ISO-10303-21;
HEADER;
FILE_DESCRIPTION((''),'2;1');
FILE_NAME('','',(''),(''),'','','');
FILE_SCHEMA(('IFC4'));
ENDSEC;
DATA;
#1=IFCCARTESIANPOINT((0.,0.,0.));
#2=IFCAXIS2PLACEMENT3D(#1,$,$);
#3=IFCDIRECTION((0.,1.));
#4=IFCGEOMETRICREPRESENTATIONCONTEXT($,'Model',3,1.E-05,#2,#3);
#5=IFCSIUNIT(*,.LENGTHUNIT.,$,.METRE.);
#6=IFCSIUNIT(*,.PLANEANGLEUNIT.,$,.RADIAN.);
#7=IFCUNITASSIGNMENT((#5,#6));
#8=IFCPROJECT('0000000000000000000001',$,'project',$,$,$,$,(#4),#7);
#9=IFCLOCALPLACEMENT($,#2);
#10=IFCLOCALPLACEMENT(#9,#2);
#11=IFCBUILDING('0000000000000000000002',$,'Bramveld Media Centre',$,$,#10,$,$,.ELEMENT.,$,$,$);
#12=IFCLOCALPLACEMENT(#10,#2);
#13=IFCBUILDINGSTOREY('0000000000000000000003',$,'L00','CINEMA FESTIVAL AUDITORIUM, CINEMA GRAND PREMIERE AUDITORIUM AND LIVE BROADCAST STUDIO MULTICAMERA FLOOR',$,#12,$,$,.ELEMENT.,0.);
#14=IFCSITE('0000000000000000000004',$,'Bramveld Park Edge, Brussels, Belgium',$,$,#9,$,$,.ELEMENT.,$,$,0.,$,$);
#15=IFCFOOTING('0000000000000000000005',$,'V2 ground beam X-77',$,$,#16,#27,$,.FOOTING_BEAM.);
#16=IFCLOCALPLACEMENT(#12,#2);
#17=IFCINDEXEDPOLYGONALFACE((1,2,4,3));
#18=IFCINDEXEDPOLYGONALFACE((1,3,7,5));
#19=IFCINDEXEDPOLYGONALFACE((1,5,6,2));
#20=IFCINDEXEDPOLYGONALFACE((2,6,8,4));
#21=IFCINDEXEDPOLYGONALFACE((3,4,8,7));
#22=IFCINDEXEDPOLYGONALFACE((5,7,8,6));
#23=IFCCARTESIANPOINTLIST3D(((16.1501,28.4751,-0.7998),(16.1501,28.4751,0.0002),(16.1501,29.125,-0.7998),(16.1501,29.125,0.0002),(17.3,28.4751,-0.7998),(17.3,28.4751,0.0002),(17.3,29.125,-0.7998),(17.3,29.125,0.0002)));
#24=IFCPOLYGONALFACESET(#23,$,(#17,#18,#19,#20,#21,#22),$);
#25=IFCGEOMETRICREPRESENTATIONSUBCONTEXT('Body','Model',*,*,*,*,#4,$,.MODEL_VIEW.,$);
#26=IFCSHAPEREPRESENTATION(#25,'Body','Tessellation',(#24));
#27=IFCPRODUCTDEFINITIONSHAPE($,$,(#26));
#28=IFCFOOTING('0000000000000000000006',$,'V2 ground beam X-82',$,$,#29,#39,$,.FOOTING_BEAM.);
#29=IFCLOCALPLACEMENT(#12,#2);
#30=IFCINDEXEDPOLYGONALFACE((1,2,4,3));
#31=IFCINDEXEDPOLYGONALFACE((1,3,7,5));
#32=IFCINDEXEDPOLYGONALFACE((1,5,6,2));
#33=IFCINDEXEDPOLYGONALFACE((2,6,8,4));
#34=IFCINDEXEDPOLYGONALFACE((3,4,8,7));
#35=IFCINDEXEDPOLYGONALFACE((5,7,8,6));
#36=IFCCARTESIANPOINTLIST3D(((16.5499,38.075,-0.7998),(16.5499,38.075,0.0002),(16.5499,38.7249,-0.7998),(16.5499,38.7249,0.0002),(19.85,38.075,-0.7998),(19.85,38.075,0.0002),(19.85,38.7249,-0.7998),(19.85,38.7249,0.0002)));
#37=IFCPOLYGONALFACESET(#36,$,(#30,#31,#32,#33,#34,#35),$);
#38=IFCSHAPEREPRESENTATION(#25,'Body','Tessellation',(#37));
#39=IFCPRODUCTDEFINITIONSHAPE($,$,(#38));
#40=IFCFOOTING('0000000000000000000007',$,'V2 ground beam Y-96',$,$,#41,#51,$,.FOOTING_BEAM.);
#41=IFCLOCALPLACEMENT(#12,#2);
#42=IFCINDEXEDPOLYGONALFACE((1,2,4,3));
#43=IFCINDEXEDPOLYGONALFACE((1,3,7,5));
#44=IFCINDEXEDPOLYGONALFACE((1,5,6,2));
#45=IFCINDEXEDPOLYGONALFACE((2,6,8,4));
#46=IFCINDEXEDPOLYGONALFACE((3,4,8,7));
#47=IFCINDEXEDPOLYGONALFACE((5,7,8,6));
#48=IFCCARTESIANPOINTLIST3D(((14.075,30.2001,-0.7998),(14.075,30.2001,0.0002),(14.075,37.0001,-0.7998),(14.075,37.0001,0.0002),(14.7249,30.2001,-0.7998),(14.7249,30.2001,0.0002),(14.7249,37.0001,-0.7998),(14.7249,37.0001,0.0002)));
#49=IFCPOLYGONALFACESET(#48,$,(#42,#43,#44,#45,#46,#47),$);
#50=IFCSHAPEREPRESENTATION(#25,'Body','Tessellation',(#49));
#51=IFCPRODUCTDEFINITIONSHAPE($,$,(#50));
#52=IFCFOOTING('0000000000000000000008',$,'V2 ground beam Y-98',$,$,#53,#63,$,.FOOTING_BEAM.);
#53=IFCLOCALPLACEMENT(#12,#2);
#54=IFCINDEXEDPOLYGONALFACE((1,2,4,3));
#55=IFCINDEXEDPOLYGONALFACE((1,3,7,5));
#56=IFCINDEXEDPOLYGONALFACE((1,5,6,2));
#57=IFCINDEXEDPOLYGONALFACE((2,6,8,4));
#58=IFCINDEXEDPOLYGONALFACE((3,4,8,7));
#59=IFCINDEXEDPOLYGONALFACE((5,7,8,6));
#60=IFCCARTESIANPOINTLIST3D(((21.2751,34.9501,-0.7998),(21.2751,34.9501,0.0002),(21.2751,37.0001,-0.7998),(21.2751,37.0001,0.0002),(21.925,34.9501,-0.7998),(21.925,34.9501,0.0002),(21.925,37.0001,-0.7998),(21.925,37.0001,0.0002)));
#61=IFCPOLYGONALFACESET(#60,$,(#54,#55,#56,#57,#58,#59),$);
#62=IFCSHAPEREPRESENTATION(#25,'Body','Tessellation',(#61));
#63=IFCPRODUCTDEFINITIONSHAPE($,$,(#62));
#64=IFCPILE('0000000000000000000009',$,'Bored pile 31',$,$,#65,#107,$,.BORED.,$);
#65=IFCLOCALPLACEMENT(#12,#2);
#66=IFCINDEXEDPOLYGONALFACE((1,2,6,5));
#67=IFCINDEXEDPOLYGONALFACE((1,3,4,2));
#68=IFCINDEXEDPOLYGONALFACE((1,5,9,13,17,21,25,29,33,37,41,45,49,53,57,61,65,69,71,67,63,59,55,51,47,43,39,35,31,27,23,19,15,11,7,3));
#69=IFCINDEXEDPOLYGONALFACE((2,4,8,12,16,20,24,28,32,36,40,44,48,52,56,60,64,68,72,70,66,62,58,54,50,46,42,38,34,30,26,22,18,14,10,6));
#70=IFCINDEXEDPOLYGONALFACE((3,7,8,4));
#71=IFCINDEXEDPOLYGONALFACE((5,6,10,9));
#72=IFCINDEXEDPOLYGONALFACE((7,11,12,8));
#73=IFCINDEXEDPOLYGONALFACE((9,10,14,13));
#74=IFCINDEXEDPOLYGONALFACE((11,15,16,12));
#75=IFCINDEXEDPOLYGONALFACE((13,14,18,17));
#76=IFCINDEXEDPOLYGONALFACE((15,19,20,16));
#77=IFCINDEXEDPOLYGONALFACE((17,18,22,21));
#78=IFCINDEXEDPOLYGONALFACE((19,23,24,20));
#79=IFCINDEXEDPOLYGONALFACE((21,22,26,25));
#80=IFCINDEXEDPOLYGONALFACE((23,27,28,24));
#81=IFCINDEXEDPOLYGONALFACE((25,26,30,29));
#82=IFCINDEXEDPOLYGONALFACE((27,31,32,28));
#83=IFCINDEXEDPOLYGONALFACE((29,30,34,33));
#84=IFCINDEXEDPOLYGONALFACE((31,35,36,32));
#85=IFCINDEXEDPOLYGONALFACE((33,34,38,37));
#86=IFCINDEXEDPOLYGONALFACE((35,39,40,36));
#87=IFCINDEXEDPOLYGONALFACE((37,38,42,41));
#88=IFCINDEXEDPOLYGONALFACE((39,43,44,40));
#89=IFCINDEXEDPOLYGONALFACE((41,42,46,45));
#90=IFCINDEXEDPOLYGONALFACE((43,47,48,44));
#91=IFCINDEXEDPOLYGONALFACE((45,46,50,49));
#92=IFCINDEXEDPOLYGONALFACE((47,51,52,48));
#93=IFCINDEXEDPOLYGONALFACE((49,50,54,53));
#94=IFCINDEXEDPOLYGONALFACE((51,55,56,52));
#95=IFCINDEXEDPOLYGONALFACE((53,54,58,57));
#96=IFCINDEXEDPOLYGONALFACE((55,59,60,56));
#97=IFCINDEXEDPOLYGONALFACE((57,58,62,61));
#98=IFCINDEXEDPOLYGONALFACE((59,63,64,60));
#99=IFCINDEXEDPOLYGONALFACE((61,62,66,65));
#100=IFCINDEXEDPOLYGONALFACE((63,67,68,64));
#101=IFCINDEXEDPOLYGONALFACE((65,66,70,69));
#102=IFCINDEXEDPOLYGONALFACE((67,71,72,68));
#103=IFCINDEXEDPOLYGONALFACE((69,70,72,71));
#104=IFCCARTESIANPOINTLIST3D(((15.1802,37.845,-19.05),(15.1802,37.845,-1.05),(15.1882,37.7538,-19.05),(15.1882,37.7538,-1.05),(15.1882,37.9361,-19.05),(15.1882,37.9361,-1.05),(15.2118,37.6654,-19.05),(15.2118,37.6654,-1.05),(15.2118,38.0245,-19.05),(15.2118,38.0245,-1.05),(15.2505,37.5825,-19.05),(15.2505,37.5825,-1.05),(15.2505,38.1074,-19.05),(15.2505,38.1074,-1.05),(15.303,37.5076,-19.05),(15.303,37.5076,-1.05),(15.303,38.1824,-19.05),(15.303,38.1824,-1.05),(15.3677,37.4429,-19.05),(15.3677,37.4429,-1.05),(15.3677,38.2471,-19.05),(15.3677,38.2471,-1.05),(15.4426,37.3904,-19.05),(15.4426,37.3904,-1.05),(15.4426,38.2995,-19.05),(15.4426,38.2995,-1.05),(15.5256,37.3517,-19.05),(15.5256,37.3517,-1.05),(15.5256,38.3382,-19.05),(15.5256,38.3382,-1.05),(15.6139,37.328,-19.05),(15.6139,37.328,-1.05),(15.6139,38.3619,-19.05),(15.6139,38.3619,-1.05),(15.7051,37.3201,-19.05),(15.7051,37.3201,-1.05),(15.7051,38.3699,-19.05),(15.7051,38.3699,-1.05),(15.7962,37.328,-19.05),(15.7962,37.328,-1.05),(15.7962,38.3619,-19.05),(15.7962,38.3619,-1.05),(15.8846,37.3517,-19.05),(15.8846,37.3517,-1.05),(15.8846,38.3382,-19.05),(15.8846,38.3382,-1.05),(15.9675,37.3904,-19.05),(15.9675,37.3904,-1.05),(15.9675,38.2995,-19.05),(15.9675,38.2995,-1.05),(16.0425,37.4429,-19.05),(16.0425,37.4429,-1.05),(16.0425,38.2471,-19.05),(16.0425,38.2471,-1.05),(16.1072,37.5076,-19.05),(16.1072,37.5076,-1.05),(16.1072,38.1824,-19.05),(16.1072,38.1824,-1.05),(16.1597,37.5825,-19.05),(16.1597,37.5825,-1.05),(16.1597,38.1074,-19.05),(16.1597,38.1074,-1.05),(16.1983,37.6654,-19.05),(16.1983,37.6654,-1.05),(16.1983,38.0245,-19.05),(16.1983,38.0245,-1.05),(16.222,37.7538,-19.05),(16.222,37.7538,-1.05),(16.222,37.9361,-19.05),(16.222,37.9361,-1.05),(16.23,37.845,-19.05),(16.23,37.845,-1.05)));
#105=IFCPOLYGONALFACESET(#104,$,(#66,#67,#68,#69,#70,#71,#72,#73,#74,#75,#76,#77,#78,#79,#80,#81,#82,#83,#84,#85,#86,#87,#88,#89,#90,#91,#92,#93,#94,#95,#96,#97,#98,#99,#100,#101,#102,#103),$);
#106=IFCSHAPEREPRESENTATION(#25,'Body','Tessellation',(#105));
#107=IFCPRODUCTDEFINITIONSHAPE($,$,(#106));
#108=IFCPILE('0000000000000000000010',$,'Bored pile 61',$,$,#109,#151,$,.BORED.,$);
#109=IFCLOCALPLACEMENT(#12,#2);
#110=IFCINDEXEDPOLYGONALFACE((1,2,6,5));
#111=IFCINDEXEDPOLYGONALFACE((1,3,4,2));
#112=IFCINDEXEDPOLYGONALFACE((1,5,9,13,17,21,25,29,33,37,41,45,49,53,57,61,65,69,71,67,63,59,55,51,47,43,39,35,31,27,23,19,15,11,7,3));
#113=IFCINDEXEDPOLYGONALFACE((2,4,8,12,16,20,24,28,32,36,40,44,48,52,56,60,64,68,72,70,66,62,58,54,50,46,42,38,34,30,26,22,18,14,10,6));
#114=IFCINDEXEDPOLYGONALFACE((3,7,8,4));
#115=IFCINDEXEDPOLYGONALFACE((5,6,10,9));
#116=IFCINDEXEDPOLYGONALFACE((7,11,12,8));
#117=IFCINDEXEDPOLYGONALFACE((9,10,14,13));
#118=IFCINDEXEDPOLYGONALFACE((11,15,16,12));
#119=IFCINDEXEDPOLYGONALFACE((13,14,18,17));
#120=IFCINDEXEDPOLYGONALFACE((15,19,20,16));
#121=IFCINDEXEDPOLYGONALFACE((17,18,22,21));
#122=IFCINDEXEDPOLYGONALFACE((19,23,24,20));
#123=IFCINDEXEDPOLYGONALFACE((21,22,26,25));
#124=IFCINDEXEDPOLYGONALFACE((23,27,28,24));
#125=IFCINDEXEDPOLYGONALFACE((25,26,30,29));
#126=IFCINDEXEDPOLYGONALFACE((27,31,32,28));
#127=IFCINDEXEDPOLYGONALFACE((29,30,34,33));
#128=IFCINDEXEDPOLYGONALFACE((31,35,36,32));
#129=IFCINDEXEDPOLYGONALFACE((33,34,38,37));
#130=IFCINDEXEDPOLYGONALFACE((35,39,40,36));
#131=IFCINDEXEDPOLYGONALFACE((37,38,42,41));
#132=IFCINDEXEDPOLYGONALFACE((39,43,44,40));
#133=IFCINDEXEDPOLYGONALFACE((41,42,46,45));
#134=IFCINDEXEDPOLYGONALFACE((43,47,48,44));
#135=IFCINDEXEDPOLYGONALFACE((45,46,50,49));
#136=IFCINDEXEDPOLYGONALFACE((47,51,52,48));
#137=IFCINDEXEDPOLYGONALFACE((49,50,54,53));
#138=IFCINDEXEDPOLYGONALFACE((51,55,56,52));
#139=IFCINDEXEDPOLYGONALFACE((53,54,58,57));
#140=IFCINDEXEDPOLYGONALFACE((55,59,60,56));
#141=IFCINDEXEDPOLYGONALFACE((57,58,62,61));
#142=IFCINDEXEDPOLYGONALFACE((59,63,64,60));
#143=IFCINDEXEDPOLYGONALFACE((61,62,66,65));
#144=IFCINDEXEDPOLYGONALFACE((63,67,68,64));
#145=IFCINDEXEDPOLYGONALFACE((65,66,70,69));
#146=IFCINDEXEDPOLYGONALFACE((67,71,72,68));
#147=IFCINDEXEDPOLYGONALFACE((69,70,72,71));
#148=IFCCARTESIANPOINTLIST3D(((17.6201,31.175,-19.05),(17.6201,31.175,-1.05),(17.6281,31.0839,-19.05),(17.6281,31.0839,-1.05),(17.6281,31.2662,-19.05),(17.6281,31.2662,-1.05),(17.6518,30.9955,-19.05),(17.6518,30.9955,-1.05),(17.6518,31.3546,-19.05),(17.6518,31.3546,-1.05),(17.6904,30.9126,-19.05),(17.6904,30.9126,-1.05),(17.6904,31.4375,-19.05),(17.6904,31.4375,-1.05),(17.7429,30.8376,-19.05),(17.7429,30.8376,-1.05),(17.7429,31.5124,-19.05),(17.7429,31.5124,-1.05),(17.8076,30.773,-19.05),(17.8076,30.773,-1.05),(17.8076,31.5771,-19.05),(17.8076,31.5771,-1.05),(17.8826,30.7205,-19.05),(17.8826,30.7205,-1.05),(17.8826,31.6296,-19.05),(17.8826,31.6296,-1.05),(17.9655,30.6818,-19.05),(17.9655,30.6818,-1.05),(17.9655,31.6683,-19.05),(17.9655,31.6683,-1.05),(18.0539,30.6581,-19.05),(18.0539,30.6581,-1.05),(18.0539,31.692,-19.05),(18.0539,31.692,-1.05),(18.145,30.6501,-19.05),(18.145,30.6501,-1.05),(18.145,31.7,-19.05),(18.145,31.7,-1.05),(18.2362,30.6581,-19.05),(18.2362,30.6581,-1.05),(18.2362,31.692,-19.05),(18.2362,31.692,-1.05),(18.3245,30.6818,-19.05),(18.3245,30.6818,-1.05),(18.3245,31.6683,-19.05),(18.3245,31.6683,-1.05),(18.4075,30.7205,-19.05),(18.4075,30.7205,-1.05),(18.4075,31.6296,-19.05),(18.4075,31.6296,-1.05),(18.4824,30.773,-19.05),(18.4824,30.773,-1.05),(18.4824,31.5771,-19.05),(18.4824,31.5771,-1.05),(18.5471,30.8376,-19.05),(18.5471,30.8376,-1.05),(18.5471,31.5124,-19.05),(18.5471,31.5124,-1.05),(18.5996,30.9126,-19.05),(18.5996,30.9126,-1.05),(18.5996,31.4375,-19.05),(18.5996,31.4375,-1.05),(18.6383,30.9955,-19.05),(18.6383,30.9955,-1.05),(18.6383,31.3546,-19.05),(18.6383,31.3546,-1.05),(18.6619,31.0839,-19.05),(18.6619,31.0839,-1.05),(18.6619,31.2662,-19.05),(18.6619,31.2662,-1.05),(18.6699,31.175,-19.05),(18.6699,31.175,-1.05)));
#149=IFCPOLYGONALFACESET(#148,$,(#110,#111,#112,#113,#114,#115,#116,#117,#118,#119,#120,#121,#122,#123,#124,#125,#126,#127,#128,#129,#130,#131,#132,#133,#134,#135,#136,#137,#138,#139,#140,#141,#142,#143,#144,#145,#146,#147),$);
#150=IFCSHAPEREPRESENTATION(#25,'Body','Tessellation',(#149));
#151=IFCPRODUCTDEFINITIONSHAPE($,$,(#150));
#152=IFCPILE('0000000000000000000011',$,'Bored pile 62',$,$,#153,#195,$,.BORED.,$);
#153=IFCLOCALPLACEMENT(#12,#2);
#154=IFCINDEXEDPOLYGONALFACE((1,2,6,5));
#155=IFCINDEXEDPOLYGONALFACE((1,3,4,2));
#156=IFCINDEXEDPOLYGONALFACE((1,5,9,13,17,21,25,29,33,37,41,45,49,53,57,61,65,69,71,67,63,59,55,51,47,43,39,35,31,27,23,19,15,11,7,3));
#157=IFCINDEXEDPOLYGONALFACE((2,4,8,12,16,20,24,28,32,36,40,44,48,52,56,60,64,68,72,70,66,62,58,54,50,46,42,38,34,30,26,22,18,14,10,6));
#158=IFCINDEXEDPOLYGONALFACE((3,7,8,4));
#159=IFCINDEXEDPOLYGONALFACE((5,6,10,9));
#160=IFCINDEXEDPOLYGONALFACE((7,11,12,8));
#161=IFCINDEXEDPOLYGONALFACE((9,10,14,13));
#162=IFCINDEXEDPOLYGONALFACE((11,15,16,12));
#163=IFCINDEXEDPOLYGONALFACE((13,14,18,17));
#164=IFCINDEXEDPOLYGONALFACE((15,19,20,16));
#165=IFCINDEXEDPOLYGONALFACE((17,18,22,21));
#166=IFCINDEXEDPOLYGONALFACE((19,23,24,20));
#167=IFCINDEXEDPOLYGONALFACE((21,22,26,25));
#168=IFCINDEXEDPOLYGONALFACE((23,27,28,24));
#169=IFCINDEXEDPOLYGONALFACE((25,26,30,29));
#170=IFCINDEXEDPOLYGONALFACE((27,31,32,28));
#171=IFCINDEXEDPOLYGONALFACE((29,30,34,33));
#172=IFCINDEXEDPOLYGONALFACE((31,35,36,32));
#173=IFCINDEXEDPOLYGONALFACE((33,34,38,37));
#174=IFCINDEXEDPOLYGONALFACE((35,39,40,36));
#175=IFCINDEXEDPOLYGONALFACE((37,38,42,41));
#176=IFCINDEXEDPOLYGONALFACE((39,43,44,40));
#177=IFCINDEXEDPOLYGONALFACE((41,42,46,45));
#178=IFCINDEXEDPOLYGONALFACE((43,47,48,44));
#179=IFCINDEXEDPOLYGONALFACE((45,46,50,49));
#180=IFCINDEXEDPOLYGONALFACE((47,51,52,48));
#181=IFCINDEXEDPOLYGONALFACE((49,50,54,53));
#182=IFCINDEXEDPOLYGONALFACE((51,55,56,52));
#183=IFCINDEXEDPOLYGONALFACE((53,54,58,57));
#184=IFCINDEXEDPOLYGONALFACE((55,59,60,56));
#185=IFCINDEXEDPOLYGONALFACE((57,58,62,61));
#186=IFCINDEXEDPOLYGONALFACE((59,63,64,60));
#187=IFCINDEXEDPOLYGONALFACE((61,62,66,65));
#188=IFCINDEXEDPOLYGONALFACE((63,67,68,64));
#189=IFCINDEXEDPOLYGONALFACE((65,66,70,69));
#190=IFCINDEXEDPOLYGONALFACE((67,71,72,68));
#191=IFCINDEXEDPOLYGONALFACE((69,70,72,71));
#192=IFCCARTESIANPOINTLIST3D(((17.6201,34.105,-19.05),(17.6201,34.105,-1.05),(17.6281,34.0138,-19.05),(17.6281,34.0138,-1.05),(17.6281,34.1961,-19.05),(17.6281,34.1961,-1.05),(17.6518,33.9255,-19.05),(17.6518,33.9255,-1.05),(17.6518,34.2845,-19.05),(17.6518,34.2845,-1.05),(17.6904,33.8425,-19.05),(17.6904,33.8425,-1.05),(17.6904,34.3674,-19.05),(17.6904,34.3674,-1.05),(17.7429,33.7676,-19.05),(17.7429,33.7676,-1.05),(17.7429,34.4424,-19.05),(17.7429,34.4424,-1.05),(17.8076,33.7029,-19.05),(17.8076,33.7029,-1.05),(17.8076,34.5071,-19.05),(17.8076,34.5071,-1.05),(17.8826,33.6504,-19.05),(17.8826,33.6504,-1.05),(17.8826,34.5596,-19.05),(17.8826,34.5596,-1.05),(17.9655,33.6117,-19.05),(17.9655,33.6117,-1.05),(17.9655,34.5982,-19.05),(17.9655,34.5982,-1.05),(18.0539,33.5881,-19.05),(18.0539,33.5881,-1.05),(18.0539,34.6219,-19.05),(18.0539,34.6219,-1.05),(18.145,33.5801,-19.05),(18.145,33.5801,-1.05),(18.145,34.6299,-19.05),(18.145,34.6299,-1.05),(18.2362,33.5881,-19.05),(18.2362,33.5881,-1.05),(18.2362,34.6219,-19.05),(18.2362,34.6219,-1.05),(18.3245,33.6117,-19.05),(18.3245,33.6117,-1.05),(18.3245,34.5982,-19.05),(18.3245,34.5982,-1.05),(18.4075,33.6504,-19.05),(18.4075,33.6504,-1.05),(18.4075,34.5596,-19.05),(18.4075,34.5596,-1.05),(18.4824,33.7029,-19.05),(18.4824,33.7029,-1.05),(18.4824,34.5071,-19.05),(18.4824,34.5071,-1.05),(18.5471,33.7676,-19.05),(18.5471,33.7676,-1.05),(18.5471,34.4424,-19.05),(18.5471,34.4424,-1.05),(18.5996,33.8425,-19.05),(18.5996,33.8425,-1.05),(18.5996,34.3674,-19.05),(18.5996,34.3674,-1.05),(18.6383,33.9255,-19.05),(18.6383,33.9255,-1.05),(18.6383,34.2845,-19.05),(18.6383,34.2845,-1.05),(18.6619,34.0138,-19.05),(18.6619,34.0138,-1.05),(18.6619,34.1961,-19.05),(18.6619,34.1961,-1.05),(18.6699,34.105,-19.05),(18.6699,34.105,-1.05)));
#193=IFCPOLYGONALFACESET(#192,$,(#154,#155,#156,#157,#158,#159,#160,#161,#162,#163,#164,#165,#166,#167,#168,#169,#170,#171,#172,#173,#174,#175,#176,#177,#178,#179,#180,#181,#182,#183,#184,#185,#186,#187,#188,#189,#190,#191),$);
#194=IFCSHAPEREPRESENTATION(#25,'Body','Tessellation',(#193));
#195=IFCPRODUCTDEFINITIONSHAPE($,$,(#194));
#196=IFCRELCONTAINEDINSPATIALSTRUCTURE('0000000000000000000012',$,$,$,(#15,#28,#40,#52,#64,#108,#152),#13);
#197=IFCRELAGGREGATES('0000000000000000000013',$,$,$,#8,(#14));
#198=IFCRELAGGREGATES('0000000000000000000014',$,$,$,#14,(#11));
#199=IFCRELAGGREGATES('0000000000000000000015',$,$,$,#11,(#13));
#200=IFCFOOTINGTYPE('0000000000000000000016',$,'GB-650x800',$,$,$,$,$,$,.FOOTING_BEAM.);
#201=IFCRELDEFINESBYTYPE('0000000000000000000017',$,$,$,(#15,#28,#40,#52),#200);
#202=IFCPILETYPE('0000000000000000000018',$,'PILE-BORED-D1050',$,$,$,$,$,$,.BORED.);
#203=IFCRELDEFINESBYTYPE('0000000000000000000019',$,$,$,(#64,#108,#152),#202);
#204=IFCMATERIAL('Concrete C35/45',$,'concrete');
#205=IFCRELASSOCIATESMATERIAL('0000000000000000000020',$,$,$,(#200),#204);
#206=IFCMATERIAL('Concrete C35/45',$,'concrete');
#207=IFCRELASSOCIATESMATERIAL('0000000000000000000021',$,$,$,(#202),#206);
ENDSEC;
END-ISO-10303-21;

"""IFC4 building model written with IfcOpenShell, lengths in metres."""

from ifc_helpers import new_model, si_unit, direction, frame, origin, origin_2d, place, context, subcontext, project, spatial, rectangle, circle, extrude, material, material_profile, profile_set, type_object, element, save


model = new_model("IFC4")

# Units and contexts
model_context = context("Model", 3, precision=1e-05, world=origin(), true_north=direction((0.0, 1.0)))
body_context = subcontext(model_context, "Body", "Model", "MODEL_VIEW")
ifc_project = project(units=[si_unit("LENGTHUNIT", "METRE"), si_unit("PLANEANGLEUNIT", "RADIAN")], contexts=[model_context])

# Site, building, storey
site_placement = place(None, origin())
site = spatial("IfcSite", under=ifc_project, at=site_placement, Name="Bramveld Park Edge, Brussels, Belgium", CompositionType="ELEMENT", RefElevation=0.0)
building_placement = place(site_placement, origin())
building = spatial("IfcBuilding", under=site, at=building_placement, Name="Bramveld Media Centre", CompositionType="ELEMENT")
storey_placement = place(building_placement, origin())
storey = spatial("IfcBuildingStorey", under=building, at=storey_placement, Name="L00", Description="CINEMA FESTIVAL AUDITORIUM, CINEMA GRAND PREMIERE AUDITORIUM AND LIVE BROADCAST STUDIO MULTICAMERA FLOOR", CompositionType="ELEMENT", Elevation=0.0)

# Footings
ifc_material_1 = material(Name="Concrete C35/45", Category="concrete")
footing_type = type_object("IfcFootingType", Name="GB-650x800", PredefinedType="FOOTING_BEAM", material=ifc_material_1)
footing_1_placement = place(storey_placement, frame((16.7251, 28.8, -0.7998), z_axis=(0.0, 0.0, 1.0), x_axis=(1.0, 0.0, 0.0)))
element("IfcFooting", 1, at=footing_1_placement, inside=storey, type_object=footing_type, Name="V2 ground beam X-77", PredefinedType="FOOTING_BEAM", context=body_context, shape_type="SweptSolid", body=[
    extrude(rectangle(XDim=1.1499, YDim=0.6499, at=origin_2d()), origin(), (0.0, 0.0, 1.0), 0.8),
])
footing_2_placement = place(storey_placement, frame((18.2, 38.3999, -0.7998), z_axis=(0.0, 0.0, 1.0), x_axis=(1.0, 0.0, 0.0)))
element("IfcFooting", 2, at=footing_2_placement, inside=storey, type_object=footing_type, Name="V2 ground beam X-82", PredefinedType="FOOTING_BEAM", context=body_context, shape_type="SweptSolid", body=[
    extrude(rectangle(XDim=3.3, YDim=0.6499, at=origin_2d()), origin(), (0.0, 0.0, 1.0), 0.8),
])
footing_3_placement = place(storey_placement, frame((14.3999, 33.6001, -0.7998), z_axis=(0.0, 0.0, 1.0), x_axis=(1.0, 0.0, 0.0)))
element("IfcFooting", 3, at=footing_3_placement, inside=storey, type_object=footing_type, Name="V2 ground beam Y-96", PredefinedType="FOOTING_BEAM", context=body_context, shape_type="SweptSolid", body=[
    extrude(rectangle(XDim=0.6499, YDim=6.8, at=origin_2d()), origin(), (0.0, 0.0, 1.0), 0.8),
])
footing_4_placement = place(storey_placement, frame((21.6001, 35.9751, -0.7998), z_axis=(0.0, 0.0, 1.0), x_axis=(1.0, 0.0, 0.0)))
element("IfcFooting", 4, at=footing_4_placement, inside=storey, type_object=footing_type, Name="V2 ground beam Y-98", PredefinedType="FOOTING_BEAM", context=body_context, shape_type="SweptSolid", body=[
    extrude(rectangle(XDim=0.6499, YDim=2.05, at=origin_2d()), origin(), (0.0, 0.0, 1.0), 0.8),
])

# Piles
ifc_material_2 = material(Name="Concrete C35/45", Category="concrete")
ifc_material_profile_1 = material_profile(ifc_material_2, circle(Radius=0.5249, at=origin_2d()), Name="BORED D1050")
ifc_profile_set_1 = profile_set([ifc_material_profile_1], Name="Concrete C35/45")
pile_type_1 = type_object("IfcPileType", Name="PILE-BORED-D1050", PredefinedType="BORED", material=ifc_profile_set_1)
for number, where, z_axis, x_axis, name in (
    (5, (15.7051, 37.845, -1.05), (0.0, 0.0, -1.0), (1.0, 0.0, 0.0), "Bored pile 31"),
    (6, (18.145, 31.175, -1.05), (0.0, 0.0, -1.0), (1.0, 0.0, 0.0), "Bored pile 61"),
    (7, (18.145, 34.105, -1.05), (0.0, 0.0, -1.0), (1.0, 0.0, 0.0), "Bored pile 62"),
):
    element("IfcPile", number, at=place(storey_placement, frame(where, z_axis=z_axis, x_axis=x_axis)), inside=storey, type_object=pile_type_1, Name=name, PredefinedType="BORED", context=body_context, shape_type="SweptSolid", body=[
        extrude(circle(Radius=0.5249, at=origin_2d()), origin(), (0.0, 0.0, 1.0), 18.0),
    ])

save(model, "model.ifc")
